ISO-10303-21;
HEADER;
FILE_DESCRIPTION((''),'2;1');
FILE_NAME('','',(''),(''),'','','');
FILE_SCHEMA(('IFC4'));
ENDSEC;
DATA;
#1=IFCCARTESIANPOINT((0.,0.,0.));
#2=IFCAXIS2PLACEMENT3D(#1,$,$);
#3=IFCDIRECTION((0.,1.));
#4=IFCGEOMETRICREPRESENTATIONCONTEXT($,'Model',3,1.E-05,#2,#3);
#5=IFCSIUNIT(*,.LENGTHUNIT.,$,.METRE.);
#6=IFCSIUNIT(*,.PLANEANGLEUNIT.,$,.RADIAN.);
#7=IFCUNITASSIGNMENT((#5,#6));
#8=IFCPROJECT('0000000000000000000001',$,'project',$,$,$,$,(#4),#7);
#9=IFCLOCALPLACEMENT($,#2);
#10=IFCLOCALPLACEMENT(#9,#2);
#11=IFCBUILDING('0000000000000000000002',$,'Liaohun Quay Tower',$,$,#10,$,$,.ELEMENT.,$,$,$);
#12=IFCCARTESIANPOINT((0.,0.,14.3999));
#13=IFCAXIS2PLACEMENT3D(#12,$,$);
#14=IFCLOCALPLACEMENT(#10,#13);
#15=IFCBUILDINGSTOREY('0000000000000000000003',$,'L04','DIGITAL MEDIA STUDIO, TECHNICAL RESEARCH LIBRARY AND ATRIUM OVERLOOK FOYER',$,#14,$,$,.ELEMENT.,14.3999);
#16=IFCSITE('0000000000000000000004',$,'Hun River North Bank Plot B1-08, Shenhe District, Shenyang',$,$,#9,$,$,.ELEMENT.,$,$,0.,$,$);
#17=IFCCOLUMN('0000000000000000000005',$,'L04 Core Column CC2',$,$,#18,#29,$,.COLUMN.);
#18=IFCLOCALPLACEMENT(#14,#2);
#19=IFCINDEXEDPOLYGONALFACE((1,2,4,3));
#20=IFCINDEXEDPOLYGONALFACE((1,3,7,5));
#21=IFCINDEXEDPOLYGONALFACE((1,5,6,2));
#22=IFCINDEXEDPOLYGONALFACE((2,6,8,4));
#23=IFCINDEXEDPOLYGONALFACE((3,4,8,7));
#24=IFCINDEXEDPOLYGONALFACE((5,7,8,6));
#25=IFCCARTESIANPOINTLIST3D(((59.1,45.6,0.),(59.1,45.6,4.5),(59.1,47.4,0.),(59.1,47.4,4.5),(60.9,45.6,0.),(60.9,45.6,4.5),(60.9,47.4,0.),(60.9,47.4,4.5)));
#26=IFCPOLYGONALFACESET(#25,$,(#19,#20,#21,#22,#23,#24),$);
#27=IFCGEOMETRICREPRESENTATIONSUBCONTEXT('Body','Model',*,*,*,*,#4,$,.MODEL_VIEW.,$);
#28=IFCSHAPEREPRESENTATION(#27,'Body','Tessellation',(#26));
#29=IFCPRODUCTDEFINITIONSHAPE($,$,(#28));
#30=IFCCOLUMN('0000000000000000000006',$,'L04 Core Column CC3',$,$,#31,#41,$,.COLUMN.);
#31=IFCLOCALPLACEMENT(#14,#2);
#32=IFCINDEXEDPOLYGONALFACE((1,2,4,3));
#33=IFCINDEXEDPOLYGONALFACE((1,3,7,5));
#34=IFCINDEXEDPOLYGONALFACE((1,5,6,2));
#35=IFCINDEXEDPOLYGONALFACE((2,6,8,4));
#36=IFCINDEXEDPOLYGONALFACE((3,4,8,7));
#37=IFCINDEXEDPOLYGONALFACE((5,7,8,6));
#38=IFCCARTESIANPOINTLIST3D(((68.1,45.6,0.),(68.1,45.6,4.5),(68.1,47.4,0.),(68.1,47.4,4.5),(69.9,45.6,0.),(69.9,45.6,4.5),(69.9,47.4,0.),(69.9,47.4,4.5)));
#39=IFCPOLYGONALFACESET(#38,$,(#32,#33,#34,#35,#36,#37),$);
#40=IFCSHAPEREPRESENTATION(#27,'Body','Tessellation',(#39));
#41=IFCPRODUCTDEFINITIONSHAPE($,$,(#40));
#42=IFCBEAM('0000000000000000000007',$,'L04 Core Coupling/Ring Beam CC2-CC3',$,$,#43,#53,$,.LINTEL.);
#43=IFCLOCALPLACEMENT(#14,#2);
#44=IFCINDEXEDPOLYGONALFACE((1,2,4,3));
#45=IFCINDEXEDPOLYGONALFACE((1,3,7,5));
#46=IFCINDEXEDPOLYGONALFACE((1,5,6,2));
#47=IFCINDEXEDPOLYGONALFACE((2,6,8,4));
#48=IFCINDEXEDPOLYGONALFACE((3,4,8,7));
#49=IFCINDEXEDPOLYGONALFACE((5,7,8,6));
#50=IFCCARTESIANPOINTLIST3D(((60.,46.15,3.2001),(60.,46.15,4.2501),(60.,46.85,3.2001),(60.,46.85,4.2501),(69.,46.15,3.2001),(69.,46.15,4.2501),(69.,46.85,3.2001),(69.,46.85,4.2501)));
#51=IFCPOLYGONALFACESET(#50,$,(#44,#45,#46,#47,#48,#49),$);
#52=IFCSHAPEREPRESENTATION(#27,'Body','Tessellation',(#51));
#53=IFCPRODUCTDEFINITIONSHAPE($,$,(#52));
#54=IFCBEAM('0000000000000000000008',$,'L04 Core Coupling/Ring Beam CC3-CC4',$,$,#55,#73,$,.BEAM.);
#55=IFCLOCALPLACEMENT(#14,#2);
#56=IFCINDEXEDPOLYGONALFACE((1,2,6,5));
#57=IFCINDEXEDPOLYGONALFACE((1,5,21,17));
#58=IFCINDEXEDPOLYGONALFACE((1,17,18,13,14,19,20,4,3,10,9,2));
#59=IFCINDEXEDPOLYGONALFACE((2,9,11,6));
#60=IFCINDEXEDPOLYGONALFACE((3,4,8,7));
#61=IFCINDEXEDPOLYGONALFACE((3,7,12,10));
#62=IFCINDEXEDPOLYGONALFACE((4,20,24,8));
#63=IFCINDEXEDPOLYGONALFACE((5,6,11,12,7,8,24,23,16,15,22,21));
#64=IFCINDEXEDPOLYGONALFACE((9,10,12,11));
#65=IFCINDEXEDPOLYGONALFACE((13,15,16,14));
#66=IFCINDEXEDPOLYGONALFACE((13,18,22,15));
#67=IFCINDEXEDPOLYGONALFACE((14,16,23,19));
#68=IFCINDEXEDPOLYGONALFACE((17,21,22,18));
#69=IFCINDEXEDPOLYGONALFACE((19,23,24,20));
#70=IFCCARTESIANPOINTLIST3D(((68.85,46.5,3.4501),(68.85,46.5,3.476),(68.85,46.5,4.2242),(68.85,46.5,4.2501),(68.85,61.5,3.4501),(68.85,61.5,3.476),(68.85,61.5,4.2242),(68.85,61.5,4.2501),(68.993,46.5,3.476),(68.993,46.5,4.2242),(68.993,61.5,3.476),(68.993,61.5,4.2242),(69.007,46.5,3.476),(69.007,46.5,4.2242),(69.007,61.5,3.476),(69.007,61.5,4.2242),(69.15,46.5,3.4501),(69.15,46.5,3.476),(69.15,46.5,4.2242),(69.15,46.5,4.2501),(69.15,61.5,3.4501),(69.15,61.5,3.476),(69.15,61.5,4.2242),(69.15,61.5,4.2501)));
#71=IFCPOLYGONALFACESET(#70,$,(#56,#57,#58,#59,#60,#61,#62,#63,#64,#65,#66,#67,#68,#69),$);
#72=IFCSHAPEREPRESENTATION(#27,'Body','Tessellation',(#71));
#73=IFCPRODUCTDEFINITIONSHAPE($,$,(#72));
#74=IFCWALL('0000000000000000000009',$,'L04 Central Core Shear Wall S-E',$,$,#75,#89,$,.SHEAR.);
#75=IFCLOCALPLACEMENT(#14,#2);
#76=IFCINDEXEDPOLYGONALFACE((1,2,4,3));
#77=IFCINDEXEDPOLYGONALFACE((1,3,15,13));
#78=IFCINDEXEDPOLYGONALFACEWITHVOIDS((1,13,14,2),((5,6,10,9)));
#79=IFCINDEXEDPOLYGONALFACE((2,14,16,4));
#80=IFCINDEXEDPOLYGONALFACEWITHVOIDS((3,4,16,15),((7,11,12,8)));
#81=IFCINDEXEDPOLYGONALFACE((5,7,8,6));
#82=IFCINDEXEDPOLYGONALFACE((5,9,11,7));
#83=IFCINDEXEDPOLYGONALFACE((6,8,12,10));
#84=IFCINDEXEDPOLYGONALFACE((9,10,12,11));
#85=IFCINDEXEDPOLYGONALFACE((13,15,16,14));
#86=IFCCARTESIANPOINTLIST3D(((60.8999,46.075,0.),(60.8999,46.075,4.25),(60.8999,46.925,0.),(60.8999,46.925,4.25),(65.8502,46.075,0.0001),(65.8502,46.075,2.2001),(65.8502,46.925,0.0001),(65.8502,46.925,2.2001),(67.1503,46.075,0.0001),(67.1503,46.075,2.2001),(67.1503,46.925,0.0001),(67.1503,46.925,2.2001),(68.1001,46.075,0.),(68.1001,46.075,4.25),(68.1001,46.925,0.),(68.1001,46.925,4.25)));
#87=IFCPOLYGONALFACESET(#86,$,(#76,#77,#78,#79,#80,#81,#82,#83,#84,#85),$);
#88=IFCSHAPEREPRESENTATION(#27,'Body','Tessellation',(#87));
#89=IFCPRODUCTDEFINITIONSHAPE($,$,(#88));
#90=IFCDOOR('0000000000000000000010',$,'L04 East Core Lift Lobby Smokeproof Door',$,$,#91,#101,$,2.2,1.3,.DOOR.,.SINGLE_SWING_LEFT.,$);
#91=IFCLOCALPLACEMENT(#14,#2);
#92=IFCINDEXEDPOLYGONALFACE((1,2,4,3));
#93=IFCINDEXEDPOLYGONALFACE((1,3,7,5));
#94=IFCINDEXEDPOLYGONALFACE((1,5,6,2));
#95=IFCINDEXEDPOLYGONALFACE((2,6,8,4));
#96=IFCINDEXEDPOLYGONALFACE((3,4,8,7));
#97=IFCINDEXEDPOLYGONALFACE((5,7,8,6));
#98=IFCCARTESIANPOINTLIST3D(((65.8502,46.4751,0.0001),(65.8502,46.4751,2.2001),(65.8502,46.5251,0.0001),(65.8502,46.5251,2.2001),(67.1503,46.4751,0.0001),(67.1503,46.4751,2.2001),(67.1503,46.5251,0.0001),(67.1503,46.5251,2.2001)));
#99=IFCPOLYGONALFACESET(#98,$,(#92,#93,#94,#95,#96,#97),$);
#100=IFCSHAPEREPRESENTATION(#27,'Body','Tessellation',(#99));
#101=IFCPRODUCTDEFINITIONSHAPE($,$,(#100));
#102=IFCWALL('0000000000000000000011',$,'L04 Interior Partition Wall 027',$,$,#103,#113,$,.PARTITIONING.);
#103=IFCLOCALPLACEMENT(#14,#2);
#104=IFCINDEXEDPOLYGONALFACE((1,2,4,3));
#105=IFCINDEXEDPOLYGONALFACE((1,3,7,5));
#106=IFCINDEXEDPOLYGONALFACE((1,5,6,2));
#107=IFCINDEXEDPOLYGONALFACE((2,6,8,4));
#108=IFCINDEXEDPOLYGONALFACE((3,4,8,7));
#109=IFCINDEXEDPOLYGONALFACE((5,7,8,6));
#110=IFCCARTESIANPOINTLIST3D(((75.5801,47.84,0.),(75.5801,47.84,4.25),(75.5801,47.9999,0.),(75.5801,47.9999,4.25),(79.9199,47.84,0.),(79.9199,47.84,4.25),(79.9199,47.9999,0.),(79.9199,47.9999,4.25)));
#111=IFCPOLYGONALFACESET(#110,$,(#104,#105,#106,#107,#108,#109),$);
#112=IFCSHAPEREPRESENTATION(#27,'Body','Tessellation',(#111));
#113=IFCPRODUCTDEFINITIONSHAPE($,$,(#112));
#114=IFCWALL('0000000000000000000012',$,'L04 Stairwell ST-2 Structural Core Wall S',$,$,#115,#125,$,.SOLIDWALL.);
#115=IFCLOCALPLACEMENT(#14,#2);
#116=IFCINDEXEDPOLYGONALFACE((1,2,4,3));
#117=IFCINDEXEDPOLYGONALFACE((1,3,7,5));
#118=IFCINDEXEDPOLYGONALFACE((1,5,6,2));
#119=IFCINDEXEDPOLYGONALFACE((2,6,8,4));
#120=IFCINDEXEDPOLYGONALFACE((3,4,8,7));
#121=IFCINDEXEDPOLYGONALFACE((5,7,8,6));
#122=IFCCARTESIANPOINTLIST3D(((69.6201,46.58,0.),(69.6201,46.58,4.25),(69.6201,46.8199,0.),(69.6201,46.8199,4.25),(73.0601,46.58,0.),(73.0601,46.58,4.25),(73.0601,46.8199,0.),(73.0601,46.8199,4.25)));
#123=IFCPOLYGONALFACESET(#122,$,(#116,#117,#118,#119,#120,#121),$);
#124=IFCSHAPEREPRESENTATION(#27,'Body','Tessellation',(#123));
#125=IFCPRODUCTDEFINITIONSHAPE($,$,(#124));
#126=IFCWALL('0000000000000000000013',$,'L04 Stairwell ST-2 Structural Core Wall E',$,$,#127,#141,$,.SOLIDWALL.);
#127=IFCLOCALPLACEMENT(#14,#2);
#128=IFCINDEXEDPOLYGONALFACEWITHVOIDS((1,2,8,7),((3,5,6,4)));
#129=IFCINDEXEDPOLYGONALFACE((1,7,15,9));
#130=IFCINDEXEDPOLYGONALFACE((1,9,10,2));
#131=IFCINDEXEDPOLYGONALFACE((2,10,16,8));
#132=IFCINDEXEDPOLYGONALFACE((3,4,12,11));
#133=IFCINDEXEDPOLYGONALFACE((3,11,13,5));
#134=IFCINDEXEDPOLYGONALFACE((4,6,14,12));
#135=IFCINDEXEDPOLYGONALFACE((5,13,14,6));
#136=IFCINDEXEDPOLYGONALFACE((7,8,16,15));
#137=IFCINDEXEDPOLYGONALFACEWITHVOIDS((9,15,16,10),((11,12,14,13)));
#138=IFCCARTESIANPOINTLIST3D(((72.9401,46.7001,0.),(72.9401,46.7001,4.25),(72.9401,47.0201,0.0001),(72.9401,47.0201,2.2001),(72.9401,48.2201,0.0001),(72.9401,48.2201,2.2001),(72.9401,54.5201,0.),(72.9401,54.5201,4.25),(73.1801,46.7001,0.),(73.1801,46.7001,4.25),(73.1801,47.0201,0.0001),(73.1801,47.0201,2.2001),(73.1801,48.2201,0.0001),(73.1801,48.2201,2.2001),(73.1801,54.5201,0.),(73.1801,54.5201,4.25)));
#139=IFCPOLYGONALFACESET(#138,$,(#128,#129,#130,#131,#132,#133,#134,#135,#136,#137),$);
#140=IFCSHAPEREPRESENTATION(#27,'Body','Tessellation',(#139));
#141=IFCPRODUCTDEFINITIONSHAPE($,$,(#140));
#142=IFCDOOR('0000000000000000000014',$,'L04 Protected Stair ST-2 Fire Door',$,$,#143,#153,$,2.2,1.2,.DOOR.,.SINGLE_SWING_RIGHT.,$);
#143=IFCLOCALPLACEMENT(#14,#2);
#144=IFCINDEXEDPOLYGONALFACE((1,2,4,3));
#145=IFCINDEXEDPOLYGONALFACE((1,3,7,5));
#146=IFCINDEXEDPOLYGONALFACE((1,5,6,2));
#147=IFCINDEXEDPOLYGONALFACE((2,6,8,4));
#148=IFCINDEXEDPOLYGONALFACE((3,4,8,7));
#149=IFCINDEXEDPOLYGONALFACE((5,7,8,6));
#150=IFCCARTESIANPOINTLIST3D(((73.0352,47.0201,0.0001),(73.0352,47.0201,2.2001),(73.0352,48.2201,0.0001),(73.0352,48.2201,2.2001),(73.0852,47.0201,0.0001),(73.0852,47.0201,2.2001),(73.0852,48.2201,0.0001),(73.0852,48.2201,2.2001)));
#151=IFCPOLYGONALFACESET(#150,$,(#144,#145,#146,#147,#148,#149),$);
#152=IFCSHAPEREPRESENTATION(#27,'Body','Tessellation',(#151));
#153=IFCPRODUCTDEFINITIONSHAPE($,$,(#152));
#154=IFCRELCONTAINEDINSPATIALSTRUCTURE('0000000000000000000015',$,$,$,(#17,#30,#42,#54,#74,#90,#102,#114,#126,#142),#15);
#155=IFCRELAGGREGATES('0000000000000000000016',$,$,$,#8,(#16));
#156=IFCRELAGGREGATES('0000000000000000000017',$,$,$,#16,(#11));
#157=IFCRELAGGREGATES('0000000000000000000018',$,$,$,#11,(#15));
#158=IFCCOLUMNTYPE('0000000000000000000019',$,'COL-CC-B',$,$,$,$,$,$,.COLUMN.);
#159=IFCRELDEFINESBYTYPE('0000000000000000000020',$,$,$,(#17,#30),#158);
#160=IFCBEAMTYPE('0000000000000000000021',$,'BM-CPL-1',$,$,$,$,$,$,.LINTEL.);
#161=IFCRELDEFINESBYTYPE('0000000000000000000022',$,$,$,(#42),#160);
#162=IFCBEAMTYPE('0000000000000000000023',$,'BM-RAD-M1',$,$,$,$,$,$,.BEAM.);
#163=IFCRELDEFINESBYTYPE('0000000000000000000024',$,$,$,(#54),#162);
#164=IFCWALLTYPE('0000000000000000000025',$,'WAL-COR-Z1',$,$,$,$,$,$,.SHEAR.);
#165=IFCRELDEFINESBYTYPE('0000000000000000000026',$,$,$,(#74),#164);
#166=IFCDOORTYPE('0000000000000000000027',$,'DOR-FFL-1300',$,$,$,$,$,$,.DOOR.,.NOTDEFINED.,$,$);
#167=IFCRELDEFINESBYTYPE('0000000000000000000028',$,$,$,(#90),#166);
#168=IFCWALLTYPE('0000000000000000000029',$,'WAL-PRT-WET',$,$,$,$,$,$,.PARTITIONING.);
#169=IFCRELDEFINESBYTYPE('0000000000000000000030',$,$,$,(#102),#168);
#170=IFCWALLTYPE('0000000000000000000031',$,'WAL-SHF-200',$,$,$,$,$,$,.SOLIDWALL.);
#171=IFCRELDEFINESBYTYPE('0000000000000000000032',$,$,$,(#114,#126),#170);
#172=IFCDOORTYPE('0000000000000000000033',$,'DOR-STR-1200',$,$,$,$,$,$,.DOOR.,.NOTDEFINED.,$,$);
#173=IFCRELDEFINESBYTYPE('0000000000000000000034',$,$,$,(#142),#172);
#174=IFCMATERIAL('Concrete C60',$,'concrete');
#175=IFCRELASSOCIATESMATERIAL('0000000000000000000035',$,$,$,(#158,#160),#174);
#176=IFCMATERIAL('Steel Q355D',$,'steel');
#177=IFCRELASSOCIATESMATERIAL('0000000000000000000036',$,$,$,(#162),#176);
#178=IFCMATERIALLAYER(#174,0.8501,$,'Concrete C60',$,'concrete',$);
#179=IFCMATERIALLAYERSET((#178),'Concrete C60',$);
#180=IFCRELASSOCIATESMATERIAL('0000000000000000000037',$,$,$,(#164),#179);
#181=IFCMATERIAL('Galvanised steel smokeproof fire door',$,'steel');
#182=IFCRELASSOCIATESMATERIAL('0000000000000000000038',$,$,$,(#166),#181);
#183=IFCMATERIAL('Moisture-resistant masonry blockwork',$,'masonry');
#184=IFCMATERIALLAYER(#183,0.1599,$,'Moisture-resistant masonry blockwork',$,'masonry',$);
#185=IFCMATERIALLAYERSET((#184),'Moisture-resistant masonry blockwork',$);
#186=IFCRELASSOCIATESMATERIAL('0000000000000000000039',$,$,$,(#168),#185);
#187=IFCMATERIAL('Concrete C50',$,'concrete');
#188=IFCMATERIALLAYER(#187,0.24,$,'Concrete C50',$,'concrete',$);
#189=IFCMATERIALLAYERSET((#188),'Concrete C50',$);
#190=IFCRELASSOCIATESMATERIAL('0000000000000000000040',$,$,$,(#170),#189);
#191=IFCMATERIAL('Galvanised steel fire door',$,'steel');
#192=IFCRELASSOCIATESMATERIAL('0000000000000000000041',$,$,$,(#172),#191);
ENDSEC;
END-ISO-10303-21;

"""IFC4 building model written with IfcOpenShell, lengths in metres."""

from ifc_helpers import new_model, si_unit, direction, frame, frame_2d, origin, origin_2d, place, context, subcontext, project, spatial, rectangle, i_section, extrude, source, transform, mapped, material, layer, layer_set, material_profile, profile_set, type_object, element, fill, save


model = new_model("IFC4")

# Units and contexts
model_context = context("Model", 3, precision=1e-05, world=origin(), true_north=direction((0.0, 1.0)))
body_context = subcontext(model_context, "Body", "Model", "MODEL_VIEW")
ifc_project = project(units=[si_unit("LENGTHUNIT", "METRE"), si_unit("PLANEANGLEUNIT", "RADIAN")], contexts=[model_context])

# Site, building, storey
site_placement = place(None, origin())
site = spatial("IfcSite", under=ifc_project, at=site_placement, Name="Hun River North Bank Plot B1-08, Shenhe District, Shenyang", CompositionType="ELEMENT", RefElevation=0.0)
building_placement = place(site_placement, origin())
building = spatial("IfcBuilding", under=site, at=building_placement, Name="Liaohun Quay Tower", CompositionType="ELEMENT")
storey_placement = place(building_placement, frame((0.0, 0.0, 14.3999)))
storey = spatial("IfcBuildingStorey", under=building, at=storey_placement, Name="L04", Description="DIGITAL MEDIA STUDIO, TECHNICAL RESEARCH LIBRARY AND ATRIUM OVERLOOK FOYER", CompositionType="ELEMENT", Elevation=14.3999)

# Columns
ifc_material_1 = material(Name="Concrete C60", Category="concrete")
ifc_material_profile_1 = material_profile(ifc_material_1, rectangle(XDim=1.8, YDim=1.8, at=origin_2d()), Name="RC1800x1800")
ifc_profile_set_1 = profile_set([ifc_material_profile_1], Name="Concrete C60")
column_type = type_object("IfcColumnType", Name="COL-CC-B", PredefinedType="COLUMN", material=ifc_profile_set_1)
shared_shape_1 = source(origin(), body_context, "Body", "SweptSolid", [
    extrude(rectangle(XDim=1.8, YDim=1.8, at=origin_2d()), origin(), (0.0, 0.0, 1.0), 4.5),
])
for number, where, z_axis, x_axis, name in (
    (1, (60.0, 46.5, 0.0), (0.0, 0.0, 1.0), (1.0, 0.0, 0.0), "L04 Core Column CC2"),
    (2, (69.0, 46.5, 0.0), (0.0, 0.0, 1.0), (1.0, 0.0, 0.0), "L04 Core Column CC3"),
):
    element("IfcColumn", number, at=place(storey_placement, frame(where, z_axis=z_axis, x_axis=x_axis)), inside=storey, type_object=column_type, Name=name, PredefinedType="COLUMN", context=body_context, shape_type="MappedRepresentation", body=[
        mapped(shared_shape_1, transform((0.0, 0.0, 0.0), x_axis=(1.0, 0.0, 0.0), y_axis=(0.0, 1.0, 0.0), z_axis=(0.0, 0.0, 1.0), scale=1.0)),
    ])

# Beams
ifc_material_profile_2 = material_profile(ifc_material_1, rectangle(XDim=0.7, YDim=1.05, at=origin_2d()), Name="RC700x1050")
ifc_profile_set_2 = profile_set([ifc_material_profile_2], Name="Concrete C60")
beam_type_1 = type_object("IfcBeamType", Name="BM-CPL-1", PredefinedType="LINTEL", material=ifc_profile_set_2)
shared_shape_2 = source(origin(), body_context, "Body", "SweptSolid", [
    extrude(rectangle(XDim=0.7, YDim=1.05, at=origin_2d()), origin(), (0.0, 0.0, 1.0), 9.0),
])
beam_1_placement = place(storey_placement, frame((60.0, 46.5, 3.7251), z_axis=(1.0, 0.0, 0.0), x_axis=(0.0, 1.0, 0.0)))
element("IfcBeam", 3, at=beam_1_placement, inside=storey, type_object=beam_type_1, Name="L04 Core Coupling/Ring Beam CC2-CC3", PredefinedType="LINTEL", context=body_context, shape_type="MappedRepresentation", body=[
    mapped(shared_shape_2, transform((0.0, 0.0, 0.0), x_axis=(1.0, 0.0, 0.0), y_axis=(0.0, 1.0, 0.0), z_axis=(0.0, 0.0, 1.0), scale=1.0)),
])
ifc_material_2 = material(Name="Steel Q355D", Category="steel")
ifc_material_profile_3 = material_profile(ifc_material_2, i_section(OverallWidth=0.3, OverallDepth=0.8, WebThickness=0.0139, FlangeThickness=0.0259, at=origin_2d()), Name="HN800x300x14x26")
ifc_profile_set_3 = profile_set([ifc_material_profile_3], Name="Steel Q355D")
beam_type_2 = type_object("IfcBeamType", Name="BM-RAD-M1", PredefinedType="BEAM", material=ifc_profile_set_3)
shared_shape_3 = source(origin(), body_context, "Body", "SweptSolid", [
    extrude(i_section(OverallWidth=0.3, OverallDepth=0.8, WebThickness=0.0139, FlangeThickness=0.0259, at=origin_2d()), origin(), (0.0, 0.0, 1.0), 15.0),
])
beam_2_placement = place(storey_placement, frame((69.0, 46.5, 3.8501), z_axis=(0.0, 1.0, 0.0), x_axis=(-1.0, 0.0, 0.0)))
element("IfcBeam", 4, at=beam_2_placement, inside=storey, type_object=beam_type_2, Name="L04 Core Coupling/Ring Beam CC3-CC4", PredefinedType="BEAM", context=body_context, shape_type="MappedRepresentation", body=[
    mapped(shared_shape_3, transform((0.0, 0.0, 0.0), x_axis=(1.0, 0.0, 0.0), y_axis=(0.0, 1.0, 0.0), z_axis=(0.0, 0.0, 1.0), scale=1.0)),
])

# Wall, opening, door
ifc_layer_1 = layer(ifc_material_1, 0.8501, Name="Concrete C60", Category="concrete")
ifc_layer_set_1 = layer_set([ifc_layer_1], Name="Concrete C60")
wall_type_1 = type_object("IfcWallType", Name="WAL-COR-Z1", PredefinedType="SHEAR", material=ifc_layer_set_1)
wall_1_placement = place(storey_placement, frame((68.1001, 46.5, 0.0), z_axis=(0.0, 0.0, 1.0), x_axis=(-1.0, 0.0, 0.0)))
wall_1 = element("IfcWall", 5, at=wall_1_placement, inside=storey, type_object=wall_type_1, Name="L04 Central Core Shear Wall S-E", PredefinedType="SHEAR", context=body_context, shape_type="SweptSolid", body=[
    extrude(rectangle(XDim=7.2002, YDim=0.8501, at=frame_2d((3.6001, 0.0))), origin(), (0.0, 0.0, 1.0), 4.25),
])
shared_shape_4 = source(origin(), body_context, "Body", "SweptSolid", [
    extrude(rectangle(XDim=1.3, YDim=2.2, at=frame_2d((0.6499, 1.1001))), frame((0.0, 0.4351, 0.0), z_axis=(0.0, -1.0, 0.0), x_axis=(1.0, 0.0, 0.0)), (0.0, 0.0, 1.0), 0.8701),
])
opening_1_placement = place(wall_1_placement, frame((0.95, 0.0, 0.0)))
opening_1 = element("IfcOpeningElement", 6, at=opening_1_placement, cuts=wall_1, PredefinedType="OPENING", context=body_context, shape_type="MappedRepresentation", body=[
    mapped(shared_shape_4, transform((0.0, 0.0, 0.0), x_axis=(1.0, 0.0, 0.0), y_axis=(0.0, 1.0, 0.0), z_axis=(0.0, 0.0, 1.0), scale=1.0)),
])
ifc_material_3 = material(Name="Galvanised steel smokeproof fire door", Category="steel")
door_type_1 = type_object("IfcDoorType", Name="DOR-FFL-1300", OperationType="NOTDEFINED", PredefinedType="DOOR", material=ifc_material_3)
shared_shape_5 = source(origin(), body_context, "Body", "SweptSolid", [
    extrude(rectangle(XDim=1.3, YDim=2.2, at=frame_2d((0.6499, 1.1001))), frame((0.0, 0.0249, 0.0), z_axis=(0.0, -1.0, 0.0), x_axis=(1.0, 0.0, 0.0)), (0.0, 0.0, 1.0), 0.05),
])
door_1_placement = place(opening_1_placement, origin())
door_1 = element("IfcDoor", 7, at=door_1_placement, inside=storey, type_object=door_type_1, Name="L04 East Core Lift Lobby Smokeproof Door", OperationType="SINGLE_SWING_LEFT", OverallHeight=2.2, OverallWidth=1.3, PredefinedType="DOOR", context=body_context, shape_type="MappedRepresentation", body=[
    mapped(shared_shape_5, transform((0.0, 0.0, 0.0), x_axis=(1.0, 0.0, 0.0), y_axis=(0.0, 1.0, 0.0), z_axis=(0.0, 0.0, 1.0), scale=1.0)),
])
fill(opening_1, door_1)
ifc_material_4 = material(Name="Moisture-resistant masonry blockwork", Category="masonry")
ifc_layer_2 = layer(ifc_material_4, 0.1599, Name="Moisture-resistant masonry blockwork", Category="masonry")
ifc_layer_set_2 = layer_set([ifc_layer_2], Name="Moisture-resistant masonry blockwork")
wall_type_2 = type_object("IfcWallType", Name="WAL-PRT-WET", PredefinedType="PARTITIONING", material=ifc_layer_set_2)

# Walls
wall_2_placement = place(storey_placement, frame((75.5801, 47.9199, 0.0), z_axis=(0.0, 0.0, 1.0), x_axis=(1.0, 0.0, 0.0)))
element("IfcWall", 8, at=wall_2_placement, inside=storey, type_object=wall_type_2, Name="L04 Interior Partition Wall 027", PredefinedType="PARTITIONING", context=body_context, shape_type="SweptSolid", body=[
    extrude(rectangle(XDim=4.3398, YDim=0.1599, at=frame_2d((2.1699, 0.0))), origin(), (0.0, 0.0, 1.0), 4.25),
])
ifc_material_5 = material(Name="Concrete C50", Category="concrete")
ifc_layer_3 = layer(ifc_material_5, 0.24, Name="Concrete C50", Category="concrete")
ifc_layer_set_3 = layer_set([ifc_layer_3], Name="Concrete C50")
wall_type_3 = type_object("IfcWallType", Name="WAL-SHF-200", PredefinedType="SOLIDWALL", material=ifc_layer_set_3)
wall_3_placement = place(storey_placement, frame((69.6201, 46.7, 0.0), z_axis=(0.0, 0.0, 1.0), x_axis=(1.0, 0.0, 0.0)))
element("IfcWall", 9, at=wall_3_placement, inside=storey, type_object=wall_type_3, Name="L04 Stairwell ST-2 Structural Core Wall S", PredefinedType="SOLIDWALL", context=body_context, shape_type="SweptSolid", body=[
    extrude(rectangle(XDim=3.4399, YDim=0.24, at=frame_2d((1.72, 0.0))), origin(), (0.0, 0.0, 1.0), 4.25),
])

# Wall, opening, door
wall_4_placement = place(storey_placement, frame((73.0601, 46.7, 0.0), z_axis=(0.0, 0.0, 1.0), x_axis=(0.0, 1.0, 0.0)))
wall_4 = element("IfcWall", 10, at=wall_4_placement, inside=storey, type_object=wall_type_3, Name="L04 Stairwell ST-2 Structural Core Wall E", PredefinedType="SOLIDWALL", context=body_context, shape_type="SweptSolid", body=[
    extrude(rectangle(XDim=7.8201, YDim=0.24, at=frame_2d((3.9102, 0.0))), origin(), (0.0, 0.0, 1.0), 4.25),
])
shared_shape_6 = source(origin(), body_context, "Body", "SweptSolid", [
    extrude(rectangle(XDim=1.2, YDim=2.2, at=frame_2d((0.6001, 1.1001))), frame((0.0, 0.1299, 0.0), z_axis=(0.0, -1.0, 0.0), x_axis=(1.0, 0.0, 0.0)), (0.0, 0.0, 1.0), 0.26),
])
opening_2_placement = place(wall_4_placement, frame((0.3201, 0.0, 0.0)))
opening_2 = element("IfcOpeningElement", 11, at=opening_2_placement, cuts=wall_4, PredefinedType="OPENING", context=body_context, shape_type="MappedRepresentation", body=[
    mapped(shared_shape_6, transform((0.0, 0.0, 0.0), x_axis=(1.0, 0.0, 0.0), y_axis=(0.0, 1.0, 0.0), z_axis=(0.0, 0.0, 1.0), scale=1.0)),
])
ifc_material_6 = material(Name="Galvanised steel fire door", Category="steel")
door_type_2 = type_object("IfcDoorType", Name="DOR-STR-1200", OperationType="NOTDEFINED", PredefinedType="DOOR", material=ifc_material_6)
shared_shape_7 = source(origin(), body_context, "Body", "SweptSolid", [
    extrude(rectangle(XDim=1.2, YDim=2.2, at=frame_2d((0.6001, 1.1001))), frame((0.0, 0.0249, 0.0), z_axis=(0.0, -1.0, 0.0), x_axis=(1.0, 0.0, 0.0)), (0.0, 0.0, 1.0), 0.05),
])
door_2_placement = place(opening_2_placement, origin())
door_2 = element("IfcDoor", 12, at=door_2_placement, inside=storey, type_object=door_type_2, Name="L04 Protected Stair ST-2 Fire Door", OperationType="SINGLE_SWING_RIGHT", OverallHeight=2.2, OverallWidth=1.2, PredefinedType="DOOR", context=body_context, shape_type="MappedRepresentation", body=[
    mapped(shared_shape_7, transform((0.0, 0.0, 0.0), x_axis=(1.0, 0.0, 0.0), y_axis=(0.0, 1.0, 0.0), z_axis=(0.0, 0.0, 1.0), scale=1.0)),
])
fill(opening_2, door_2)

save(model, "model.ifc")
